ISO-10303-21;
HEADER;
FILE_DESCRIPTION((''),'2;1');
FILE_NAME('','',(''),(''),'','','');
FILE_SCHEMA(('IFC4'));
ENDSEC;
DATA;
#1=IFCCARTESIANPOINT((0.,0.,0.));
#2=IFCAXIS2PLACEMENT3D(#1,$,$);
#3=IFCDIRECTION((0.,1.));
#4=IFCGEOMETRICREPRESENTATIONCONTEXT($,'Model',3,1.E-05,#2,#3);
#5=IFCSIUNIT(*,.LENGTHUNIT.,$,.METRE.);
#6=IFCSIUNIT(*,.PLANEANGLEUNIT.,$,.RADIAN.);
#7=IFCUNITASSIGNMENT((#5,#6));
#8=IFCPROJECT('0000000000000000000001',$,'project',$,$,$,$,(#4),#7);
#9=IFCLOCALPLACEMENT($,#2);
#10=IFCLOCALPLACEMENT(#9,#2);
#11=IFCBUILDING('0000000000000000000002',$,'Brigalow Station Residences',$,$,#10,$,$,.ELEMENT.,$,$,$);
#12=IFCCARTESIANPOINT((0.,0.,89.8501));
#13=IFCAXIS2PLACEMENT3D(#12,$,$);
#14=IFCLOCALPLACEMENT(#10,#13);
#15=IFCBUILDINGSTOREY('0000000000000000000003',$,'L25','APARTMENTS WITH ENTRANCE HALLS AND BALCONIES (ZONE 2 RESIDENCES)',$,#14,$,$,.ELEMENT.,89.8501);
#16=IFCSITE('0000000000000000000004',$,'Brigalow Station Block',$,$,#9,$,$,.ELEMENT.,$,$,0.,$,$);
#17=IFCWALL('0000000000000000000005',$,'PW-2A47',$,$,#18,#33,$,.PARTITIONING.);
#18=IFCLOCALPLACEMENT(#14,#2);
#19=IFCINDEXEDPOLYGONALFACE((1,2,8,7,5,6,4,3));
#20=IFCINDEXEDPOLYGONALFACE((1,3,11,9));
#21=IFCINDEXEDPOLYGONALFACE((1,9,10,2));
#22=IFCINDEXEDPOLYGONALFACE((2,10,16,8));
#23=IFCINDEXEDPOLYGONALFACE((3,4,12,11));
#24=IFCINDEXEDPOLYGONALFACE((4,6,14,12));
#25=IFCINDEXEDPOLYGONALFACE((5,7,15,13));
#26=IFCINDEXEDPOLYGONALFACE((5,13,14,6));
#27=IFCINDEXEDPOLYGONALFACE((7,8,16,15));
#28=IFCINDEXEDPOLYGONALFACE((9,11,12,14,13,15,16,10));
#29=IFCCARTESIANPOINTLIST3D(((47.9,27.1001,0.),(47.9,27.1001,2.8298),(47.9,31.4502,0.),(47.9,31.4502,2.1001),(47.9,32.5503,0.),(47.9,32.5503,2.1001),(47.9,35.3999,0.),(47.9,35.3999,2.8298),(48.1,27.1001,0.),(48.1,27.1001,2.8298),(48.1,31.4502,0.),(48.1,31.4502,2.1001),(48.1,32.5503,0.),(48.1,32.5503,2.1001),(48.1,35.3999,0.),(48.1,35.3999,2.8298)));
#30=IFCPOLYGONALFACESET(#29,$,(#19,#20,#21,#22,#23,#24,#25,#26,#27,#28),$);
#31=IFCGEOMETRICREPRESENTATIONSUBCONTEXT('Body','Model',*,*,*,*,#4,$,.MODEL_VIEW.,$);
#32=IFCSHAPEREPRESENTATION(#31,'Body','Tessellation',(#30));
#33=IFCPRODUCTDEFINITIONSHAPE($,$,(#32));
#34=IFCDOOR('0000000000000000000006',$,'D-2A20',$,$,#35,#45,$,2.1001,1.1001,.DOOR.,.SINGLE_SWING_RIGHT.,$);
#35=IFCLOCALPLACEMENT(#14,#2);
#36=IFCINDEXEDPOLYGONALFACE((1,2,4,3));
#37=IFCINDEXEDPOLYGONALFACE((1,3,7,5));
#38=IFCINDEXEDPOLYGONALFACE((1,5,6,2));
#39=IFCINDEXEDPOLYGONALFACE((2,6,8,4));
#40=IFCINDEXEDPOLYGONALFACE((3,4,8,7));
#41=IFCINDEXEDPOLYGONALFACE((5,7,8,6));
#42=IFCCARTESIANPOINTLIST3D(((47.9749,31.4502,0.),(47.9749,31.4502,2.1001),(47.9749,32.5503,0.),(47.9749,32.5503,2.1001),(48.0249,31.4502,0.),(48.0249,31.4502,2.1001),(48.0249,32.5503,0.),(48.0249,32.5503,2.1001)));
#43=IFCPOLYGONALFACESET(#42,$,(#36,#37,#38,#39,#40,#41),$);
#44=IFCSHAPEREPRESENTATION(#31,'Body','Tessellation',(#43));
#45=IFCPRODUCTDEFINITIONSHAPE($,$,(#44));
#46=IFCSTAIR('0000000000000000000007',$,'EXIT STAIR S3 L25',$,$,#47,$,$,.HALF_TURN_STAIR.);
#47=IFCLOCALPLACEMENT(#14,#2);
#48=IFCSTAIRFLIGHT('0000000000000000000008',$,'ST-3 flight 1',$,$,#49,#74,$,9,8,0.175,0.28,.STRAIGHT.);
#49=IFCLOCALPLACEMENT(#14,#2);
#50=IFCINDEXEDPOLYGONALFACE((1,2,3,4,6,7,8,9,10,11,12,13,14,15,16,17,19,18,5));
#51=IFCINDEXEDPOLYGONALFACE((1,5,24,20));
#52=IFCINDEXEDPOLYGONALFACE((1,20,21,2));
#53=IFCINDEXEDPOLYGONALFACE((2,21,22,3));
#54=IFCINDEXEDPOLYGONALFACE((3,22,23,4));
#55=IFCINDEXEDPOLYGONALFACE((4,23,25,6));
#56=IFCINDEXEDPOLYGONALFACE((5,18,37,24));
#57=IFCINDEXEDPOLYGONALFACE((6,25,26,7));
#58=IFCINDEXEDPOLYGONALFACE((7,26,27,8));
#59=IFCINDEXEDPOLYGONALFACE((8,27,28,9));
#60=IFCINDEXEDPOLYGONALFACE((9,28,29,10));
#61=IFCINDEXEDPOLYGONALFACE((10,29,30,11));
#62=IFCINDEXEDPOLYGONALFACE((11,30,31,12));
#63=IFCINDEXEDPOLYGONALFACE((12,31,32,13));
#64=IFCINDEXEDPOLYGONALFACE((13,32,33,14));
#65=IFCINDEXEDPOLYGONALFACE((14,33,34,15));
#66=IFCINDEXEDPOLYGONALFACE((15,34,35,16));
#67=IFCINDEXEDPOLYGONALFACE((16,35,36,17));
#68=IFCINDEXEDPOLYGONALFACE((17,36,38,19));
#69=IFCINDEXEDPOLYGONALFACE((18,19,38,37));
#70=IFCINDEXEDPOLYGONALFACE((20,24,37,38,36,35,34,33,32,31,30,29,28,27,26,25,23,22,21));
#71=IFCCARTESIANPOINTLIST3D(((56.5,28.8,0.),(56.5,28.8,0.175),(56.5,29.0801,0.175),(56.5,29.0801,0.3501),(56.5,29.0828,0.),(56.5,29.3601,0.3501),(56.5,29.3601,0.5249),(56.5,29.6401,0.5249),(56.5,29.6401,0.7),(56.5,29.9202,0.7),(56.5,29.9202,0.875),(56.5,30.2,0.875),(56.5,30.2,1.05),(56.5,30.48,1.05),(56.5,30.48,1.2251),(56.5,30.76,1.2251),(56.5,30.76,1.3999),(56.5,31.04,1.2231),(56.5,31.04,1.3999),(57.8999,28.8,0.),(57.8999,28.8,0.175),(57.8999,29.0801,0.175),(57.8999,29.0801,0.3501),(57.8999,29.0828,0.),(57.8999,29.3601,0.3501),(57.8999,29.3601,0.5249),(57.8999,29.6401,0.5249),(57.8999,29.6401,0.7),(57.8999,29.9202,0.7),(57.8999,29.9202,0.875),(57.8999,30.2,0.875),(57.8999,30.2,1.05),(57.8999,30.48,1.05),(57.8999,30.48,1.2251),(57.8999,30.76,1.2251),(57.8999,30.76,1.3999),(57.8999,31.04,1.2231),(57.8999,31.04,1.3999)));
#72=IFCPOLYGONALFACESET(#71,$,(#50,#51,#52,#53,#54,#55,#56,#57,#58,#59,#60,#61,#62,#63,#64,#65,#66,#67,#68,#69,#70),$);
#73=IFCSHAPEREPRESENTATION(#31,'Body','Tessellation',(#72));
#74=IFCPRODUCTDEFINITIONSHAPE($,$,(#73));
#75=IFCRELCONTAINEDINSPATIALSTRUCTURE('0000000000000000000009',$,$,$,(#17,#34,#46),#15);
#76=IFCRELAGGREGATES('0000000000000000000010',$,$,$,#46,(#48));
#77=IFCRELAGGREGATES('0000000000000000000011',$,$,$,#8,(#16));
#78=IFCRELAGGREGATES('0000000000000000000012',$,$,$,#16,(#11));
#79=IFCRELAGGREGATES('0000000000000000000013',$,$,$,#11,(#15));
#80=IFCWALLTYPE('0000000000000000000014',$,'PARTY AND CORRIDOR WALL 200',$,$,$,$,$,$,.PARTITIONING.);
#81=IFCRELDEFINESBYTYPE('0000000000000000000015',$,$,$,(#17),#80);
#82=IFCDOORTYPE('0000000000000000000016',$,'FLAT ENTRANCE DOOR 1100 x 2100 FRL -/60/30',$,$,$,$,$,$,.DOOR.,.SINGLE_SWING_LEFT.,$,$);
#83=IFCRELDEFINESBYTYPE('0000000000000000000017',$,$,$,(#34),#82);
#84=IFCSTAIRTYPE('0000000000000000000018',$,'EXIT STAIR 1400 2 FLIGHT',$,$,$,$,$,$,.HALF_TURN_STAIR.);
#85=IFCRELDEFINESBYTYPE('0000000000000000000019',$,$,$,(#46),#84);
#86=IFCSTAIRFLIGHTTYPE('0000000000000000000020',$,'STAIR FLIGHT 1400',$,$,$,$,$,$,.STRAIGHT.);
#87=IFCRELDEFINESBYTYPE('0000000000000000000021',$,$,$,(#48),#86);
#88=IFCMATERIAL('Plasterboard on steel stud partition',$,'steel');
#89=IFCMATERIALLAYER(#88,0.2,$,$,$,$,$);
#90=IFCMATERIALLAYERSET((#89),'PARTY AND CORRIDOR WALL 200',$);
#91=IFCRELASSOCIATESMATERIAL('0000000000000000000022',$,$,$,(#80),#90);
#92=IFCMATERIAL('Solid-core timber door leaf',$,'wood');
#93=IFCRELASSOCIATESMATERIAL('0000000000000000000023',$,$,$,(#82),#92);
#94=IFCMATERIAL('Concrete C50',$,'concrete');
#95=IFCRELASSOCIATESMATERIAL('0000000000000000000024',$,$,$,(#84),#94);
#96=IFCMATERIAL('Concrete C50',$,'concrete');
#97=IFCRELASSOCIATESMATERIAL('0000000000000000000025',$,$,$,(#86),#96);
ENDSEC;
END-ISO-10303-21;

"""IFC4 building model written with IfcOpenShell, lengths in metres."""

from ifc_helpers import new_model, si_unit, direction, frame, frame_2d, origin, place, context, subcontext, project, spatial, polyline, rectangle, outline, extrude, material, layer, layer_set, type_object, element, fill, aggregate, save


model = new_model("IFC4")

# Units and contexts
model_context = context("Model", 3, precision=1e-05, world=origin(), true_north=direction((0.0, 1.0)))
body_context = subcontext(model_context, "Body", "Model", "MODEL_VIEW")
ifc_project = project(units=[si_unit("LENGTHUNIT", "METRE"), si_unit("PLANEANGLEUNIT", "RADIAN")], contexts=[model_context])

# Site, building, storey
site_placement = place(None, origin())
site = spatial("IfcSite", under=ifc_project, at=site_placement, Name="Brigalow Station Block", CompositionType="ELEMENT", RefElevation=0.0)
building_placement = place(site_placement, origin())
building = spatial("IfcBuilding", under=site, at=building_placement, Name="Brigalow Station Residences", CompositionType="ELEMENT")
storey_placement = place(building_placement, frame((0.0, 0.0, 89.8501)))
storey = spatial("IfcBuildingStorey", under=building, at=storey_placement, Name="L25", Description="APARTMENTS WITH ENTRANCE HALLS AND BALCONIES (ZONE 2 RESIDENCES)", CompositionType="ELEMENT", Elevation=89.8501)

# Shared definitions
ifc_material_1 = material(Name="Plasterboard on steel stud partition", Category="steel")
ifc_layer_1 = layer(ifc_material_1, 0.2)
ifc_layer_set_1 = layer_set([ifc_layer_1], Name="PARTY AND CORRIDOR WALL 200")
wall_type_1 = type_object("IfcWallType", Name="PARTY AND CORRIDOR WALL 200", PredefinedType="PARTITIONING", material=ifc_layer_set_1)

# Wall, opening, door
wall_1_placement = place(storey_placement, frame((48.0, 27.1001, 0.0), z_axis=(0.0, 0.0, 1.0), x_axis=(0.0, 1.0, 0.0)))
wall_1 = element("IfcWall", 1, at=wall_1_placement, inside=storey, type_object=wall_type_1, Name="PW-2A47", PredefinedType="PARTITIONING", context=body_context, shape_type="SweptSolid", body=[
    extrude(rectangle(XDim=8.2998, YDim=0.2, at=frame_2d((4.1499, 0.0))), origin(), (0.0, 0.0, 1.0), 2.8298),
])
opening_1_placement = place(wall_1_placement, frame((4.3501, 0.0, 0.0)))
opening_1 = element("IfcOpeningElement", 2, at=opening_1_placement, cuts=wall_1, PredefinedType="OPENING", context=body_context, shape_type="SweptSolid", body=[
    extrude(rectangle(XDim=1.1001, YDim=2.1001, at=frame_2d((0.55, 1.05))), frame((0.0, 0.1099, 0.0), z_axis=(0.0, -1.0, 0.0), x_axis=(1.0, 0.0, 0.0)), (0.0, 0.0, 1.0), 0.22),
])
ifc_material_2 = material(Name="Solid-core timber door leaf", Category="wood")
door_type_1 = type_object("IfcDoorType", Name="FLAT ENTRANCE DOOR 1100 x 2100 FRL -/60/30", OperationType="SINGLE_SWING_LEFT", PredefinedType="DOOR", material=ifc_material_2)
door_1_placement = place(opening_1_placement, frame((1.1001, 0.0, 0.0), z_axis=(0.0, 0.0, 1.0), x_axis=(-1.0, 0.0, 0.0)))
door_1 = element("IfcDoor", 3, at=door_1_placement, inside=storey, type_object=door_type_1, Name="D-2A20", OperationType="SINGLE_SWING_RIGHT", OverallHeight=2.1001, OverallWidth=1.1001, PredefinedType="DOOR", context=body_context, shape_type="SweptSolid", body=[
    extrude(rectangle(XDim=1.1001, YDim=2.1001, at=frame_2d((0.55, 1.05))), frame((0.0, 0.0249, 0.0), z_axis=(0.0, -1.0, 0.0), x_axis=(1.0, 0.0, 0.0)), (0.0, 0.0, 1.0), 0.05),
])
fill(opening_1, door_1)

# Stair, stair flight
ifc_material_3 = material(Name="Concrete C50", Category="concrete")
stair_type = type_object("IfcStairType", Name="EXIT STAIR 1400 2 FLIGHT", PredefinedType="HALF_TURN_STAIR", material=ifc_material_3)
stair_placement = place(storey_placement, origin())
stair = element("IfcStair", 4, at=stair_placement, inside=storey, type_object=stair_type, Name="EXIT STAIR S3 L25", PredefinedType="HALF_TURN_STAIR")
ifc_material_4 = material(Name="Concrete C50", Category="concrete")
stair_flight_type = type_object("IfcStairFlightType", Name="STAIR FLIGHT 1400", PredefinedType="STRAIGHT", material=ifc_material_4)
stair_flight_placement = place(storey_placement, frame((57.2, 28.8, 0.0), z_axis=(0.0, 0.0, 1.0), x_axis=(0.0, 1.0, 0.0)))
stair_flight = element("IfcStairFlight", 5, at=stair_flight_placement, type_object=stair_flight_type, Name="ST-3 flight 1", NumberOfRisers=9, NumberOfTreads=8, PredefinedType="STRAIGHT", RiserHeight=0.175, TreadLength=0.28, context=body_context, shape_type="SweptSolid", body=[
    extrude(outline(polyline([(0.0, 0.0), (0.0, 0.175), (0.28, 0.175), (0.28, 0.3501), (0.5601, 0.3501), (0.5601, 0.5249), (0.8401, 0.5249), (0.8401, 0.7), (1.1201, 0.7), (1.1201, 0.875), (1.3999, 0.875), (1.3999, 1.05), (1.6799, 1.05), (1.6799, 1.2251), (1.96, 1.2251), (1.96, 1.3999), (2.24, 1.3999), (2.24, 1.575), (2.24, 1.2231), (0.2827, 0.0), (0.0, 0.0)])), frame((0.0, 0.7, 0.0), z_axis=(0.0, -1.0, 0.0), x_axis=(1.0, 0.0, 0.0)), (0.0, 0.0, 1.0), 1.3999),
])
aggregate(stair, [stair_flight])

save(model, "model.ifc")
